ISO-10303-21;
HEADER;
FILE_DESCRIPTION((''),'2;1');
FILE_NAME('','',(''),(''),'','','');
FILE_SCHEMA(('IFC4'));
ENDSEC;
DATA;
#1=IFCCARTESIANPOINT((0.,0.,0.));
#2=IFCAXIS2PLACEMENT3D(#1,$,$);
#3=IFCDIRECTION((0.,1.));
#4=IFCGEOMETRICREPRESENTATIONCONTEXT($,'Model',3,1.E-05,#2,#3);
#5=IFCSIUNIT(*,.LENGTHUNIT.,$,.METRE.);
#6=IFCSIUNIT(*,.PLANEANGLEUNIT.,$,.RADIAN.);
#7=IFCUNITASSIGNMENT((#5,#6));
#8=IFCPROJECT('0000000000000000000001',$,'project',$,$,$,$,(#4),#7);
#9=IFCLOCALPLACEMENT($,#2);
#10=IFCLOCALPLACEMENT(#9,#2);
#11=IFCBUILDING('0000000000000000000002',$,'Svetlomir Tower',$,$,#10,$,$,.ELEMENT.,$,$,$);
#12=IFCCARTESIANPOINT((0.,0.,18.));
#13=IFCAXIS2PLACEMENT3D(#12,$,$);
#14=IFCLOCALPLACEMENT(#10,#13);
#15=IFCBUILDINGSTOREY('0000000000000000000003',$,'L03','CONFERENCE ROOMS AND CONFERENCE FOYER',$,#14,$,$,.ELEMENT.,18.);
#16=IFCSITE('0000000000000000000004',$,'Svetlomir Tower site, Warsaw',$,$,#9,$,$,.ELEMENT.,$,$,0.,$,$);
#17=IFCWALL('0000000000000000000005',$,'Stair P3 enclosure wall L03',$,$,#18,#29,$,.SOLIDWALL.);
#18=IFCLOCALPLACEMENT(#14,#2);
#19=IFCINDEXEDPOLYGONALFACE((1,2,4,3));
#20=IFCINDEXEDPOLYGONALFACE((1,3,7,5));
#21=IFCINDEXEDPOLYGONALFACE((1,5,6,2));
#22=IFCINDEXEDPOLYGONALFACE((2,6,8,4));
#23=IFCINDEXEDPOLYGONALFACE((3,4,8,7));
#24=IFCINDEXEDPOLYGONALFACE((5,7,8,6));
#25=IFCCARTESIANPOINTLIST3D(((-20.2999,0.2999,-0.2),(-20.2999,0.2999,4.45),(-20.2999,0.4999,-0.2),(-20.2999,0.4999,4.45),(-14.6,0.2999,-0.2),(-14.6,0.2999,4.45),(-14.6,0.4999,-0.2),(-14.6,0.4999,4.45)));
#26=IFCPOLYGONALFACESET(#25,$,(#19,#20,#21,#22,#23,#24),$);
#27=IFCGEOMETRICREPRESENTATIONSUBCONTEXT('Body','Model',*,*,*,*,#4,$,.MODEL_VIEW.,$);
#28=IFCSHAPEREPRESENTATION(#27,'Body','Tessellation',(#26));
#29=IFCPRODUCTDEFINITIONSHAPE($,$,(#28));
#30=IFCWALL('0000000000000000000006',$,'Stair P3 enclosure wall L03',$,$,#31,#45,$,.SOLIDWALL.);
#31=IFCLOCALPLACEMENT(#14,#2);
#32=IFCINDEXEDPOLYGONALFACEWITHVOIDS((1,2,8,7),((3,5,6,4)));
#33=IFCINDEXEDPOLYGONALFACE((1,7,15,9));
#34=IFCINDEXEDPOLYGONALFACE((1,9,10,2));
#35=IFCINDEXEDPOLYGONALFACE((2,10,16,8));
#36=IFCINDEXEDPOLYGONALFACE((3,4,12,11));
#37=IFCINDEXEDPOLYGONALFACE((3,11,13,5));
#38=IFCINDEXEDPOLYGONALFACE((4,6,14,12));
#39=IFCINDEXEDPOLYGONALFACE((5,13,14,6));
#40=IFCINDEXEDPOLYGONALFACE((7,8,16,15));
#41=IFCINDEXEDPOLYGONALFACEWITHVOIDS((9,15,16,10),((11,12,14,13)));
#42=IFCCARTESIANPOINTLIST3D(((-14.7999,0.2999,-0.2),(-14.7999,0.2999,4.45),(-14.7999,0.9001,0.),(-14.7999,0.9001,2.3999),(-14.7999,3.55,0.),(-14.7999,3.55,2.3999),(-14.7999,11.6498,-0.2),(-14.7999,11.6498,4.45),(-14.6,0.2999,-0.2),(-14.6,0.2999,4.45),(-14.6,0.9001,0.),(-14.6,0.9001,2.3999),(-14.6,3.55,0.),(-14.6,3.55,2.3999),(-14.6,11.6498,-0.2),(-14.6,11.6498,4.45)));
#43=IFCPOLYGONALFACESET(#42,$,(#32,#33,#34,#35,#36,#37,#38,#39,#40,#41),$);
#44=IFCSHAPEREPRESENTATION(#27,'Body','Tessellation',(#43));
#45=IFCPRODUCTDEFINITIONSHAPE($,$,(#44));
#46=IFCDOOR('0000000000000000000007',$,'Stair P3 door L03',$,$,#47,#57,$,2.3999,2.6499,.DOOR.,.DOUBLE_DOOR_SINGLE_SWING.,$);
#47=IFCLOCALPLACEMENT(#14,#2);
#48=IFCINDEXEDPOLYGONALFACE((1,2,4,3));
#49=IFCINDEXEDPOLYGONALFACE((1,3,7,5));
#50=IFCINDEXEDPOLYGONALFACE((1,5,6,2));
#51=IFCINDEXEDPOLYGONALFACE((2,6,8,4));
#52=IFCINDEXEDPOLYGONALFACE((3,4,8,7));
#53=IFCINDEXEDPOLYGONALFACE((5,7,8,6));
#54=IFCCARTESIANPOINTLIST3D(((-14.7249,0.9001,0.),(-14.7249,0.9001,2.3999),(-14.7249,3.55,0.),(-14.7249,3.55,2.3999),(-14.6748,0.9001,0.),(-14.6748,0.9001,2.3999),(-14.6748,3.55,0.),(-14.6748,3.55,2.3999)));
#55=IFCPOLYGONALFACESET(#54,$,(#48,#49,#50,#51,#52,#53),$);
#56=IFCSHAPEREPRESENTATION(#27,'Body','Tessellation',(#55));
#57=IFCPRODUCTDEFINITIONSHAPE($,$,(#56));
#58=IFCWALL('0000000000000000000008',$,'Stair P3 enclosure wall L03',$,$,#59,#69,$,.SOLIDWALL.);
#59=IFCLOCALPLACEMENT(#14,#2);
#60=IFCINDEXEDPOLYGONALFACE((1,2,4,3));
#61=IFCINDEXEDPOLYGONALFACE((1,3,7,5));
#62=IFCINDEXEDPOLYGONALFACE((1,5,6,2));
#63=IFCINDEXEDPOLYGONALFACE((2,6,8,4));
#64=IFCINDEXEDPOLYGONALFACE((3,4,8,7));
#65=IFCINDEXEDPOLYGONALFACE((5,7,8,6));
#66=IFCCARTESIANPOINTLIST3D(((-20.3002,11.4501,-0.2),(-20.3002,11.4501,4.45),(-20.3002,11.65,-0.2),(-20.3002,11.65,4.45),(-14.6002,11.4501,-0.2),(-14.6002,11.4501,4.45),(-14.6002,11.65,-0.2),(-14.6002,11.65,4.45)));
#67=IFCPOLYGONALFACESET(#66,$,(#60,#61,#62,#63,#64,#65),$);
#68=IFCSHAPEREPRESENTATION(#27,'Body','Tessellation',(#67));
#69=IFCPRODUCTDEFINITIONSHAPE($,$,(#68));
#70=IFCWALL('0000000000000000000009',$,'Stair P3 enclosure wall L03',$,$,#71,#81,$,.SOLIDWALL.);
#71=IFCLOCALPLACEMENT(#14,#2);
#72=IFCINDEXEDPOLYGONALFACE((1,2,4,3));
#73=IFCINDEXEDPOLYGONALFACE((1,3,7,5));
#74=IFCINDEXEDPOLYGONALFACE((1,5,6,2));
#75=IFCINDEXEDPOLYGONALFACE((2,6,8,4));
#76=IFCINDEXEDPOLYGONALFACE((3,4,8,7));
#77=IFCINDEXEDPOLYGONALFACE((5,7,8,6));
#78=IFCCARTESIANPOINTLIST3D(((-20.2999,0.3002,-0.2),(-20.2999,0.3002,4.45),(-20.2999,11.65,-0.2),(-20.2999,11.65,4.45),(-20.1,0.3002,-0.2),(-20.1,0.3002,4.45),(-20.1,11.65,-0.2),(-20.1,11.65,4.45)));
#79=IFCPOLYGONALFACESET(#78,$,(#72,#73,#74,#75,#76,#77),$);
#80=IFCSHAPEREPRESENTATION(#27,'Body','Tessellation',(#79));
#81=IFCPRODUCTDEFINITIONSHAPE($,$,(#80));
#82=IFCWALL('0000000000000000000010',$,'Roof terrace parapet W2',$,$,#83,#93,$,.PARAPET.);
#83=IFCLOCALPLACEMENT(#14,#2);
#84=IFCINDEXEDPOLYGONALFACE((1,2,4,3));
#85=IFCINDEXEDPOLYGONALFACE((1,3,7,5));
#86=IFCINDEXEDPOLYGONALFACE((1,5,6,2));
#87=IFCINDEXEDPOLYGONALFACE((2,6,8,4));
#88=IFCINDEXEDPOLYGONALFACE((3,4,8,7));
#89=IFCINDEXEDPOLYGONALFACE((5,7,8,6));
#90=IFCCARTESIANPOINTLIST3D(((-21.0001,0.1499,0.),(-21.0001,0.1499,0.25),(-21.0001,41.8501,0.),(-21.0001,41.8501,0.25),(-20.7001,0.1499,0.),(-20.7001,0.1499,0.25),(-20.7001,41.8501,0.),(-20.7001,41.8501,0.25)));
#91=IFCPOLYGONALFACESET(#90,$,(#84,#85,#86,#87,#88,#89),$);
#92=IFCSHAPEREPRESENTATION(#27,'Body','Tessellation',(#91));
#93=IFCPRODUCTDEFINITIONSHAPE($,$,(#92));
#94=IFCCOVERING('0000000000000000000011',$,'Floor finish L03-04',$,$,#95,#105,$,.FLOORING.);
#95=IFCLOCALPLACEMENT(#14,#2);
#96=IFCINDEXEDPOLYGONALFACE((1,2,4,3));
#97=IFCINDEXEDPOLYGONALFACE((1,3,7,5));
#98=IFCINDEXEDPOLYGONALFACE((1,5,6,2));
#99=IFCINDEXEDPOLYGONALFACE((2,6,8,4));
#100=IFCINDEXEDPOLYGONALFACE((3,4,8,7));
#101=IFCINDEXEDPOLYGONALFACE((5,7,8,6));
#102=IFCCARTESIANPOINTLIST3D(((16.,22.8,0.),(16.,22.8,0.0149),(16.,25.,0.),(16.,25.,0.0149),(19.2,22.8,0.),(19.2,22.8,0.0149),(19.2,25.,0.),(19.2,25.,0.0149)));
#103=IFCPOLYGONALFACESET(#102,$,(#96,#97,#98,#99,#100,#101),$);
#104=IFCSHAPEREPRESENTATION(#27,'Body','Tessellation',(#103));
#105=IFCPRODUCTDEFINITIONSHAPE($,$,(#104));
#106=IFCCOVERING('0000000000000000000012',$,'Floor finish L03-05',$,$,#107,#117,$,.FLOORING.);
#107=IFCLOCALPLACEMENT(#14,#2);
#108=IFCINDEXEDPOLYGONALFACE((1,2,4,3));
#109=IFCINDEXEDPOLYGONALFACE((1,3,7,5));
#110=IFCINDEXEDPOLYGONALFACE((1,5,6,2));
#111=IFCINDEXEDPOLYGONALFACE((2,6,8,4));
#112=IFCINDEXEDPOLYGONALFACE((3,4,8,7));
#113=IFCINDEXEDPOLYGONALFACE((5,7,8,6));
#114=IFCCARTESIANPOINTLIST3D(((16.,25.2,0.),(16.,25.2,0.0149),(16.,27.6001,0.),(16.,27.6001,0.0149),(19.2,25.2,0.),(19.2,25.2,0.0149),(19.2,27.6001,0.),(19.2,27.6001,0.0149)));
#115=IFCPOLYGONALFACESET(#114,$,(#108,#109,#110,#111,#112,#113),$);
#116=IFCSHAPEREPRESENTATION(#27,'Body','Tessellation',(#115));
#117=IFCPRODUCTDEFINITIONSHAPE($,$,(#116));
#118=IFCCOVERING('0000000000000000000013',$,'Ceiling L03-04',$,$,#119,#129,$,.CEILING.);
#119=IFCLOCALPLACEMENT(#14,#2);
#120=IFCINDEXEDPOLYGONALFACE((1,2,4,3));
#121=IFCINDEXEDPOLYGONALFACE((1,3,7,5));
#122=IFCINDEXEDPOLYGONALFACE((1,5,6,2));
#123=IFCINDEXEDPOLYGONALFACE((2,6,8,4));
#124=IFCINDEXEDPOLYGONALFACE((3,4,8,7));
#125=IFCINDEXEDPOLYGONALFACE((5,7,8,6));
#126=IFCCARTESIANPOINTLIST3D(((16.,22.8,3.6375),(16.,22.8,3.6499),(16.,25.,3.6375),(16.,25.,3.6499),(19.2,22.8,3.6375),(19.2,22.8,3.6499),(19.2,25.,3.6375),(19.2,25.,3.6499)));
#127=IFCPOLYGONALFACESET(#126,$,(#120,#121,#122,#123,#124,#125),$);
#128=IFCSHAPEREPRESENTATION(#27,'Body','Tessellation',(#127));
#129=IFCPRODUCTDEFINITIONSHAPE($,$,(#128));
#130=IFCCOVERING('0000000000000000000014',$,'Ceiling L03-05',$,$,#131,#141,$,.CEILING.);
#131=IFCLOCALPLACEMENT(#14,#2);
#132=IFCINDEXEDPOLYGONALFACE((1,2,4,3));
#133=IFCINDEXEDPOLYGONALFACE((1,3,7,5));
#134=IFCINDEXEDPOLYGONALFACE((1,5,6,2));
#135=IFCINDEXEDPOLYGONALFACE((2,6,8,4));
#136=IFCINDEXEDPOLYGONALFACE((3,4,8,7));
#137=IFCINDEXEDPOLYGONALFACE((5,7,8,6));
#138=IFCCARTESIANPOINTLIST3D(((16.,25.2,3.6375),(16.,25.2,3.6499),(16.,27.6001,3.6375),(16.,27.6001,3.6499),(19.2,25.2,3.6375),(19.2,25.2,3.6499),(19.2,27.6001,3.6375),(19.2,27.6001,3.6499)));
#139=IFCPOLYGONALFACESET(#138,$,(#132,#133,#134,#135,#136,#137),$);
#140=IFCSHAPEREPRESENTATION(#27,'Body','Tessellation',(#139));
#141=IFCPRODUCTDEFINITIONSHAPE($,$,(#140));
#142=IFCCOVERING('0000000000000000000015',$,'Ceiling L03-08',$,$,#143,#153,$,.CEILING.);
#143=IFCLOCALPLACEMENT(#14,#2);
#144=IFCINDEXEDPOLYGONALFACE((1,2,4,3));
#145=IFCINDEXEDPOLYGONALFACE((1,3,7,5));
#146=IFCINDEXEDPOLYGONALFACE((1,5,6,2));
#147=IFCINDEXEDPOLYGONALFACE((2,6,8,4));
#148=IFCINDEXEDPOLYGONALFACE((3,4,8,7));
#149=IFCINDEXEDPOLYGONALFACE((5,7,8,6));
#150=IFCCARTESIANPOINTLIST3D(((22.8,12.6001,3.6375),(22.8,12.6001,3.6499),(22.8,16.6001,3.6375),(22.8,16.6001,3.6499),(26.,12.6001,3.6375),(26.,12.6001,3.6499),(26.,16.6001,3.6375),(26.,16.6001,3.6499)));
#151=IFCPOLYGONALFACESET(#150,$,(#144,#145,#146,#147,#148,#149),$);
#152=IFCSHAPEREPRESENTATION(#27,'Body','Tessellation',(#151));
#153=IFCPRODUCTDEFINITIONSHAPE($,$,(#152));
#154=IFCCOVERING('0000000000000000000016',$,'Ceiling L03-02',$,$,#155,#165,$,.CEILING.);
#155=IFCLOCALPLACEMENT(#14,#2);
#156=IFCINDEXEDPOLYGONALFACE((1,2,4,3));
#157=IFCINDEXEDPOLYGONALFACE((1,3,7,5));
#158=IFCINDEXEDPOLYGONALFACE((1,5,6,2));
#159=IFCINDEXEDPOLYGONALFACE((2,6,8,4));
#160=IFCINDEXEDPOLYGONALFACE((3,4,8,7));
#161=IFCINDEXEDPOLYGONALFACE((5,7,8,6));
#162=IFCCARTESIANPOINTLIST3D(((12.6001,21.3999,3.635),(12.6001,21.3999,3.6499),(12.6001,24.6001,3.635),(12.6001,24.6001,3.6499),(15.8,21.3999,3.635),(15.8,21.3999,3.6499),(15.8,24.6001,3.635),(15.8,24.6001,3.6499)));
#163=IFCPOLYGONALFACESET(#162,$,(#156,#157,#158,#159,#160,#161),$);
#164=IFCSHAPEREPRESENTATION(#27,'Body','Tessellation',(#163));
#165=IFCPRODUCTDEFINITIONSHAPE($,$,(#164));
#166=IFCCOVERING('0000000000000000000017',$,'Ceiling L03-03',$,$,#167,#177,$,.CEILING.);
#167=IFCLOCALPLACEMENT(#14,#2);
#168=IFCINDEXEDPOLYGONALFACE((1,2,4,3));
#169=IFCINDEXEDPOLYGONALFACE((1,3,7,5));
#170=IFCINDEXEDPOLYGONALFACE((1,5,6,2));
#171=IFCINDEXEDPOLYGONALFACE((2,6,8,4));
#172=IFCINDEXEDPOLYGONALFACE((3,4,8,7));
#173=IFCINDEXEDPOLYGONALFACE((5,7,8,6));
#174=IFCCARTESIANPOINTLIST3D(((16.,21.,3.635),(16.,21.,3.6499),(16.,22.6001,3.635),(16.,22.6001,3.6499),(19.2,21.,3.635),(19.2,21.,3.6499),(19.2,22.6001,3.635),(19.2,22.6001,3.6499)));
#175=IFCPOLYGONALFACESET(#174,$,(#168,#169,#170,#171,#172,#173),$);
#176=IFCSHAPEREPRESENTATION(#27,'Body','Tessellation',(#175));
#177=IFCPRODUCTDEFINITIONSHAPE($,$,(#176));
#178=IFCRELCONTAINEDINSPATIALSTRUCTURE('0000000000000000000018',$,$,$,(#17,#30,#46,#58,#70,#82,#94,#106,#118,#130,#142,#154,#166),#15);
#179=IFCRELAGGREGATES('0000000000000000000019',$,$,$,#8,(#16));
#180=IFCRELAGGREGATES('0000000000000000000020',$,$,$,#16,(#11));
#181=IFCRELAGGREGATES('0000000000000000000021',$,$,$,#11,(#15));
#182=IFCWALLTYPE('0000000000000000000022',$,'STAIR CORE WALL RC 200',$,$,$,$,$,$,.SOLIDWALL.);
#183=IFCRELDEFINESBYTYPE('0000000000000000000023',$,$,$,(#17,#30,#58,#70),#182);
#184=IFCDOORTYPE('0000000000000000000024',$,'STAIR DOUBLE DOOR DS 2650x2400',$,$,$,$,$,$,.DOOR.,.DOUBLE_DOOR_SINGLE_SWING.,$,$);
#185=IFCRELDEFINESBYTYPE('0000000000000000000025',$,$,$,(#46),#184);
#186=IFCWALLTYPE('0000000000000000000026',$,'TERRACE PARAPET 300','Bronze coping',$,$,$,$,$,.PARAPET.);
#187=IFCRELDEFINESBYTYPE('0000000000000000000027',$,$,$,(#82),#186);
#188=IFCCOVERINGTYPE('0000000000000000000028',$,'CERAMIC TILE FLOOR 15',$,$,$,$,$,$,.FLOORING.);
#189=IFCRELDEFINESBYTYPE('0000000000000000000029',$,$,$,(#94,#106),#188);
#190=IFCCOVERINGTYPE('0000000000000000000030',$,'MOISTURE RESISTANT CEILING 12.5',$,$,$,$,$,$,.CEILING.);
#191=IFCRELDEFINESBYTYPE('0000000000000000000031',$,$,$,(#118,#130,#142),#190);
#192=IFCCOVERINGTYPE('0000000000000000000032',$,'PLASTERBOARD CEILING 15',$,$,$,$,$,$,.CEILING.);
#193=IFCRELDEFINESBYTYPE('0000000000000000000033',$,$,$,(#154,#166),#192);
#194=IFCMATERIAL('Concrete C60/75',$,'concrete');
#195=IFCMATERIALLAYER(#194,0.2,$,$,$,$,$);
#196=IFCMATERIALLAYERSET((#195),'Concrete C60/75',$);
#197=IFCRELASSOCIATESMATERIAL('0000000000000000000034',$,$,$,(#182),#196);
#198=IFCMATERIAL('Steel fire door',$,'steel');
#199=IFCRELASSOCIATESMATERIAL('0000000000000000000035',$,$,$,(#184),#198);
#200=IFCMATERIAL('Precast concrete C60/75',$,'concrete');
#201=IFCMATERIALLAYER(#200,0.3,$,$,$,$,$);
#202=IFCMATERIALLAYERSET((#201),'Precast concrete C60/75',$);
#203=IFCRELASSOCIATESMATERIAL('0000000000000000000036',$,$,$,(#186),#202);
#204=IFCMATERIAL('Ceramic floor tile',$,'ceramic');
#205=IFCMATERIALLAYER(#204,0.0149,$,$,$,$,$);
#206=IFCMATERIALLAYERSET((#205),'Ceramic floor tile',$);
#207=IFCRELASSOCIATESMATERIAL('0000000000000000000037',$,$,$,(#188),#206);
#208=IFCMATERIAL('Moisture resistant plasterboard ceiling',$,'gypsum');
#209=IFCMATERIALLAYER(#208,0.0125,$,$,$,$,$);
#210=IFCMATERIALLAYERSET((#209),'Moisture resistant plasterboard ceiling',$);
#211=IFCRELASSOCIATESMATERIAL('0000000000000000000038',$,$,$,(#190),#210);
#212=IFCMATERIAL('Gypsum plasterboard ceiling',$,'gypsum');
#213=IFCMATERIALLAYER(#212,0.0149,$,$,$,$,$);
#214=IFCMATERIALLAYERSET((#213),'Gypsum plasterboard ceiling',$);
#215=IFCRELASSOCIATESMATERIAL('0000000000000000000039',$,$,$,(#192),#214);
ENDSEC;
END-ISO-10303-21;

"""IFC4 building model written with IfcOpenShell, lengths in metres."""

from ifc_helpers import new_model, si_unit, direction, frame, frame_2d, origin, place, context, subcontext, project, spatial, polyline, rectangle, outline, extrude, material, layer, layer_set, type_object, element, fill, save


model = new_model("IFC4")

# Units and contexts
model_context = context("Model", 3, precision=1e-05, world=origin(), true_north=direction((0.0, 1.0)))
body_context = subcontext(model_context, "Body", "Model", "MODEL_VIEW")
ifc_project = project(units=[si_unit("LENGTHUNIT", "METRE"), si_unit("PLANEANGLEUNIT", "RADIAN")], contexts=[model_context])

# Site, building, storey
site_placement = place(None, origin())
site = spatial("IfcSite", under=ifc_project, at=site_placement, Name="Svetlomir Tower site, Warsaw", CompositionType="ELEMENT", RefElevation=0.0)
building_placement = place(site_placement, origin())
building = spatial("IfcBuilding", under=site, at=building_placement, Name="Svetlomir Tower", CompositionType="ELEMENT")
storey_placement = place(building_placement, frame((0.0, 0.0, 18.0)))
storey = spatial("IfcBuildingStorey", under=building, at=storey_placement, Name="L03", Description="CONFERENCE ROOMS AND CONFERENCE FOYER", CompositionType="ELEMENT", Elevation=18.0)

# Wall
ifc_material_1 = material(Name="Concrete C60/75", Category="concrete")
ifc_layer_1 = layer(ifc_material_1, 0.2)
ifc_layer_set_1 = layer_set([ifc_layer_1], Name="Concrete C60/75")
wall_type_1 = type_object("IfcWallType", Name="STAIR CORE WALL RC 200", PredefinedType="SOLIDWALL", material=ifc_layer_set_1)
wall_1_placement = place(storey_placement, frame((-20.3, 0.3999, -0.2), z_axis=(0.0, 0.0, 1.0), x_axis=(1.0, 0.0, 0.0)))
element("IfcWall", 1, at=wall_1_placement, inside=storey, type_object=wall_type_1, Name="Stair P3 enclosure wall L03", PredefinedType="SOLIDWALL", context=body_context, shape_type="SweptSolid", body=[
    extrude(rectangle(XDim=5.7, YDim=0.2, at=frame_2d((2.8501, 0.0))), origin(), (0.0, 0.0, 1.0), 4.6499),
])

# Wall, opening, door
wall_2_placement = place(storey_placement, frame((-14.7, 0.3, -0.2), z_axis=(0.0, 0.0, 1.0), x_axis=(0.0, 1.0, 0.0)))
wall_2 = element("IfcWall", 2, at=wall_2_placement, inside=storey, type_object=wall_type_1, Name="Stair P3 enclosure wall L03", PredefinedType="SOLIDWALL", context=body_context, shape_type="SweptSolid", body=[
    extrude(rectangle(XDim=11.3499, YDim=0.2, at=frame_2d((5.6748, 0.0))), origin(), (0.0, 0.0, 1.0), 4.6499),
])
opening_1_placement = place(wall_2_placement, frame((0.6001, 0.0, 0.2)))
opening_1 = element("IfcOpeningElement", 3, at=opening_1_placement, cuts=wall_2, PredefinedType="OPENING", context=body_context, shape_type="SweptSolid", body=[
    extrude(rectangle(XDim=2.6499, YDim=2.3999, at=frame_2d((1.325, 1.2))), frame((0.0, 0.1099, 0.0), z_axis=(0.0, -1.0, 0.0), x_axis=(1.0, 0.0, 0.0)), (0.0, 0.0, 1.0), 0.22),
])
ifc_material_2 = material(Name="Steel fire door", Category="steel")
door_type_1 = type_object("IfcDoorType", Name="STAIR DOUBLE DOOR DS 2650x2400", OperationType="DOUBLE_DOOR_SINGLE_SWING", PredefinedType="DOOR", material=ifc_material_2)
door_1_placement = place(opening_1_placement, origin())
door_1 = element("IfcDoor", 4, at=door_1_placement, inside=storey, type_object=door_type_1, Name="Stair P3 door L03", OperationType="DOUBLE_DOOR_SINGLE_SWING", OverallHeight=2.3999, OverallWidth=2.6499, PredefinedType="DOOR", context=body_context, shape_type="SweptSolid", body=[
    extrude(rectangle(XDim=2.6499, YDim=2.3999, at=frame_2d((1.325, 1.2))), frame((0.0, 0.0249, 0.0), z_axis=(0.0, -1.0, 0.0), x_axis=(1.0, 0.0, 0.0)), (0.0, 0.0, 1.0), 0.05),
])
fill(opening_1, door_1)

# Walls
wall_3_placement = place(storey_placement, frame((-14.6001, 11.55, -0.2), z_axis=(0.0, 0.0, 1.0), x_axis=(-1.0, 0.0, 0.0)))
element("IfcWall", 5, at=wall_3_placement, inside=storey, type_object=wall_type_1, Name="Stair P3 enclosure wall L03", PredefinedType="SOLIDWALL", context=body_context, shape_type="SweptSolid", body=[
    extrude(rectangle(XDim=5.7, YDim=0.2, at=frame_2d((2.8501, 0.0))), origin(), (0.0, 0.0, 1.0), 4.6499),
])
wall_4_placement = place(storey_placement, frame((-20.2, 11.6499, -0.2), z_axis=(0.0, 0.0, 1.0), x_axis=(0.0, -1.0, 0.0)))
element("IfcWall", 6, at=wall_4_placement, inside=storey, type_object=wall_type_1, Name="Stair P3 enclosure wall L03", PredefinedType="SOLIDWALL", context=body_context, shape_type="SweptSolid", body=[
    extrude(rectangle(XDim=11.3499, YDim=0.2, at=frame_2d((5.6748, 0.0))), origin(), (0.0, 0.0, 1.0), 4.6499),
])
ifc_material_3 = material(Name="Precast concrete C60/75", Category="concrete")
ifc_layer_2 = layer(ifc_material_3, 0.3)
ifc_layer_set_2 = layer_set([ifc_layer_2], Name="Precast concrete C60/75")
wall_type_2 = type_object("IfcWallType", Name="TERRACE PARAPET 300", Description="Bronze coping", PredefinedType="PARAPET", material=ifc_layer_set_2)
wall_5_placement = place(storey_placement, frame((-20.8501, 0.1499, 0.0), z_axis=(0.0, 0.0, 1.0), x_axis=(0.0, 1.0, 0.0)))
element("IfcWall", 7, at=wall_5_placement, inside=storey, type_object=wall_type_2, Name="Roof terrace parapet W2", PredefinedType="PARAPET", context=body_context, shape_type="SweptSolid", body=[
    extrude(rectangle(XDim=41.7002, YDim=0.3, at=frame_2d((20.8501, 0.0))), origin(), (0.0, 0.0, 1.0), 0.25),
])

# Coverings
ifc_material_4 = material(Name="Ceramic floor tile", Category="ceramic")
ifc_layer_3 = layer(ifc_material_4, 0.0149)
ifc_layer_set_3 = layer_set([ifc_layer_3], Name="Ceramic floor tile")
covering_type_1 = type_object("IfcCoveringType", Name="CERAMIC TILE FLOOR 15", PredefinedType="FLOORING", material=ifc_layer_set_3)
covering_1_placement = place(storey_placement, origin())
element("IfcCovering", 8, at=covering_1_placement, inside=storey, type_object=covering_type_1, Name="Floor finish L03-04", PredefinedType="FLOORING", context=body_context, shape_type="SweptSolid", body=[
    extrude(outline(polyline([(16.0, 22.8), (19.2, 22.8), (19.2, 25.0), (16.0, 25.0), (16.0, 22.8)])), origin(), (0.0, 0.0, 1.0), 0.0149),
])
covering_2_placement = place(storey_placement, origin())
element("IfcCovering", 9, at=covering_2_placement, inside=storey, type_object=covering_type_1, Name="Floor finish L03-05", PredefinedType="FLOORING", context=body_context, shape_type="SweptSolid", body=[
    extrude(outline(polyline([(16.0, 25.2), (19.2, 25.2), (19.2, 27.6001), (16.0, 27.6001), (16.0, 25.2)])), origin(), (0.0, 0.0, 1.0), 0.0149),
])
ifc_material_5 = material(Name="Moisture resistant plasterboard ceiling", Category="gypsum")
ifc_layer_4 = layer(ifc_material_5, 0.0125)
ifc_layer_set_4 = layer_set([ifc_layer_4], Name="Moisture resistant plasterboard ceiling")
covering_type_2 = type_object("IfcCoveringType", Name="MOISTURE RESISTANT CEILING 12.5", PredefinedType="CEILING", material=ifc_layer_set_4)
covering_3_placement = place(storey_placement, frame((0.0, 0.0, 3.6375)))
element("IfcCovering", 10, at=covering_3_placement, inside=storey, type_object=covering_type_2, Name="Ceiling L03-04", PredefinedType="CEILING", context=body_context, shape_type="SweptSolid", body=[
    extrude(outline(polyline([(16.0, 22.8), (19.2, 22.8), (19.2, 25.0), (16.0, 25.0), (16.0, 22.8)])), origin(), (0.0, 0.0, 1.0), 0.0125),
])
covering_4_placement = place(storey_placement, frame((0.0, 0.0, 3.6375)))
element("IfcCovering", 11, at=covering_4_placement, inside=storey, type_object=covering_type_2, Name="Ceiling L03-05", PredefinedType="CEILING", context=body_context, shape_type="SweptSolid", body=[
    extrude(outline(polyline([(16.0, 25.2), (19.2, 25.2), (19.2, 27.6001), (16.0, 27.6001), (16.0, 25.2)])), origin(), (0.0, 0.0, 1.0), 0.0125),
])
covering_5_placement = place(storey_placement, frame((0.0, 0.0, 3.6375)))
element("IfcCovering", 12, at=covering_5_placement, inside=storey, type_object=covering_type_2, Name="Ceiling L03-08", PredefinedType="CEILING", context=body_context, shape_type="SweptSolid", body=[
    extrude(outline(polyline([(22.8, 12.6001), (26.0, 12.6001), (26.0, 16.6001), (22.8, 16.6001), (22.8, 12.6001)])), origin(), (0.0, 0.0, 1.0), 0.0125),
])
ifc_material_6 = material(Name="Gypsum plasterboard ceiling", Category="gypsum")
ifc_layer_5 = layer(ifc_material_6, 0.0149)
ifc_layer_set_5 = layer_set([ifc_layer_5], Name="Gypsum plasterboard ceiling")
covering_type_3 = type_object("IfcCoveringType", Name="PLASTERBOARD CEILING 15", PredefinedType="CEILING", material=ifc_layer_set_5)
covering_6_placement = place(storey_placement, frame((0.0, 0.0, 3.635)))
element("IfcCovering", 13, at=covering_6_placement, inside=storey, type_object=covering_type_3, Name="Ceiling L03-02", PredefinedType="CEILING", context=body_context, shape_type="SweptSolid", body=[
    extrude(outline(polyline([(12.6001, 21.3999), (15.8, 21.3999), (15.8, 24.6001), (12.6001, 24.6001), (12.6001, 21.3999)])), origin(), (0.0, 0.0, 1.0), 0.0149),
])
covering_7_placement = place(storey_placement, frame((0.0, 0.0, 3.635)))
element("IfcCovering", 14, at=covering_7_placement, inside=storey, type_object=covering_type_3, Name="Ceiling L03-03", PredefinedType="CEILING", context=body_context, shape_type="SweptSolid", body=[
    extrude(outline(polyline([(16.0, 21.0), (19.2, 21.0), (19.2, 22.6001), (16.0, 22.6001), (16.0, 21.0)])), origin(), (0.0, 0.0, 1.0), 0.0149),
])

save(model, "model.ifc")
